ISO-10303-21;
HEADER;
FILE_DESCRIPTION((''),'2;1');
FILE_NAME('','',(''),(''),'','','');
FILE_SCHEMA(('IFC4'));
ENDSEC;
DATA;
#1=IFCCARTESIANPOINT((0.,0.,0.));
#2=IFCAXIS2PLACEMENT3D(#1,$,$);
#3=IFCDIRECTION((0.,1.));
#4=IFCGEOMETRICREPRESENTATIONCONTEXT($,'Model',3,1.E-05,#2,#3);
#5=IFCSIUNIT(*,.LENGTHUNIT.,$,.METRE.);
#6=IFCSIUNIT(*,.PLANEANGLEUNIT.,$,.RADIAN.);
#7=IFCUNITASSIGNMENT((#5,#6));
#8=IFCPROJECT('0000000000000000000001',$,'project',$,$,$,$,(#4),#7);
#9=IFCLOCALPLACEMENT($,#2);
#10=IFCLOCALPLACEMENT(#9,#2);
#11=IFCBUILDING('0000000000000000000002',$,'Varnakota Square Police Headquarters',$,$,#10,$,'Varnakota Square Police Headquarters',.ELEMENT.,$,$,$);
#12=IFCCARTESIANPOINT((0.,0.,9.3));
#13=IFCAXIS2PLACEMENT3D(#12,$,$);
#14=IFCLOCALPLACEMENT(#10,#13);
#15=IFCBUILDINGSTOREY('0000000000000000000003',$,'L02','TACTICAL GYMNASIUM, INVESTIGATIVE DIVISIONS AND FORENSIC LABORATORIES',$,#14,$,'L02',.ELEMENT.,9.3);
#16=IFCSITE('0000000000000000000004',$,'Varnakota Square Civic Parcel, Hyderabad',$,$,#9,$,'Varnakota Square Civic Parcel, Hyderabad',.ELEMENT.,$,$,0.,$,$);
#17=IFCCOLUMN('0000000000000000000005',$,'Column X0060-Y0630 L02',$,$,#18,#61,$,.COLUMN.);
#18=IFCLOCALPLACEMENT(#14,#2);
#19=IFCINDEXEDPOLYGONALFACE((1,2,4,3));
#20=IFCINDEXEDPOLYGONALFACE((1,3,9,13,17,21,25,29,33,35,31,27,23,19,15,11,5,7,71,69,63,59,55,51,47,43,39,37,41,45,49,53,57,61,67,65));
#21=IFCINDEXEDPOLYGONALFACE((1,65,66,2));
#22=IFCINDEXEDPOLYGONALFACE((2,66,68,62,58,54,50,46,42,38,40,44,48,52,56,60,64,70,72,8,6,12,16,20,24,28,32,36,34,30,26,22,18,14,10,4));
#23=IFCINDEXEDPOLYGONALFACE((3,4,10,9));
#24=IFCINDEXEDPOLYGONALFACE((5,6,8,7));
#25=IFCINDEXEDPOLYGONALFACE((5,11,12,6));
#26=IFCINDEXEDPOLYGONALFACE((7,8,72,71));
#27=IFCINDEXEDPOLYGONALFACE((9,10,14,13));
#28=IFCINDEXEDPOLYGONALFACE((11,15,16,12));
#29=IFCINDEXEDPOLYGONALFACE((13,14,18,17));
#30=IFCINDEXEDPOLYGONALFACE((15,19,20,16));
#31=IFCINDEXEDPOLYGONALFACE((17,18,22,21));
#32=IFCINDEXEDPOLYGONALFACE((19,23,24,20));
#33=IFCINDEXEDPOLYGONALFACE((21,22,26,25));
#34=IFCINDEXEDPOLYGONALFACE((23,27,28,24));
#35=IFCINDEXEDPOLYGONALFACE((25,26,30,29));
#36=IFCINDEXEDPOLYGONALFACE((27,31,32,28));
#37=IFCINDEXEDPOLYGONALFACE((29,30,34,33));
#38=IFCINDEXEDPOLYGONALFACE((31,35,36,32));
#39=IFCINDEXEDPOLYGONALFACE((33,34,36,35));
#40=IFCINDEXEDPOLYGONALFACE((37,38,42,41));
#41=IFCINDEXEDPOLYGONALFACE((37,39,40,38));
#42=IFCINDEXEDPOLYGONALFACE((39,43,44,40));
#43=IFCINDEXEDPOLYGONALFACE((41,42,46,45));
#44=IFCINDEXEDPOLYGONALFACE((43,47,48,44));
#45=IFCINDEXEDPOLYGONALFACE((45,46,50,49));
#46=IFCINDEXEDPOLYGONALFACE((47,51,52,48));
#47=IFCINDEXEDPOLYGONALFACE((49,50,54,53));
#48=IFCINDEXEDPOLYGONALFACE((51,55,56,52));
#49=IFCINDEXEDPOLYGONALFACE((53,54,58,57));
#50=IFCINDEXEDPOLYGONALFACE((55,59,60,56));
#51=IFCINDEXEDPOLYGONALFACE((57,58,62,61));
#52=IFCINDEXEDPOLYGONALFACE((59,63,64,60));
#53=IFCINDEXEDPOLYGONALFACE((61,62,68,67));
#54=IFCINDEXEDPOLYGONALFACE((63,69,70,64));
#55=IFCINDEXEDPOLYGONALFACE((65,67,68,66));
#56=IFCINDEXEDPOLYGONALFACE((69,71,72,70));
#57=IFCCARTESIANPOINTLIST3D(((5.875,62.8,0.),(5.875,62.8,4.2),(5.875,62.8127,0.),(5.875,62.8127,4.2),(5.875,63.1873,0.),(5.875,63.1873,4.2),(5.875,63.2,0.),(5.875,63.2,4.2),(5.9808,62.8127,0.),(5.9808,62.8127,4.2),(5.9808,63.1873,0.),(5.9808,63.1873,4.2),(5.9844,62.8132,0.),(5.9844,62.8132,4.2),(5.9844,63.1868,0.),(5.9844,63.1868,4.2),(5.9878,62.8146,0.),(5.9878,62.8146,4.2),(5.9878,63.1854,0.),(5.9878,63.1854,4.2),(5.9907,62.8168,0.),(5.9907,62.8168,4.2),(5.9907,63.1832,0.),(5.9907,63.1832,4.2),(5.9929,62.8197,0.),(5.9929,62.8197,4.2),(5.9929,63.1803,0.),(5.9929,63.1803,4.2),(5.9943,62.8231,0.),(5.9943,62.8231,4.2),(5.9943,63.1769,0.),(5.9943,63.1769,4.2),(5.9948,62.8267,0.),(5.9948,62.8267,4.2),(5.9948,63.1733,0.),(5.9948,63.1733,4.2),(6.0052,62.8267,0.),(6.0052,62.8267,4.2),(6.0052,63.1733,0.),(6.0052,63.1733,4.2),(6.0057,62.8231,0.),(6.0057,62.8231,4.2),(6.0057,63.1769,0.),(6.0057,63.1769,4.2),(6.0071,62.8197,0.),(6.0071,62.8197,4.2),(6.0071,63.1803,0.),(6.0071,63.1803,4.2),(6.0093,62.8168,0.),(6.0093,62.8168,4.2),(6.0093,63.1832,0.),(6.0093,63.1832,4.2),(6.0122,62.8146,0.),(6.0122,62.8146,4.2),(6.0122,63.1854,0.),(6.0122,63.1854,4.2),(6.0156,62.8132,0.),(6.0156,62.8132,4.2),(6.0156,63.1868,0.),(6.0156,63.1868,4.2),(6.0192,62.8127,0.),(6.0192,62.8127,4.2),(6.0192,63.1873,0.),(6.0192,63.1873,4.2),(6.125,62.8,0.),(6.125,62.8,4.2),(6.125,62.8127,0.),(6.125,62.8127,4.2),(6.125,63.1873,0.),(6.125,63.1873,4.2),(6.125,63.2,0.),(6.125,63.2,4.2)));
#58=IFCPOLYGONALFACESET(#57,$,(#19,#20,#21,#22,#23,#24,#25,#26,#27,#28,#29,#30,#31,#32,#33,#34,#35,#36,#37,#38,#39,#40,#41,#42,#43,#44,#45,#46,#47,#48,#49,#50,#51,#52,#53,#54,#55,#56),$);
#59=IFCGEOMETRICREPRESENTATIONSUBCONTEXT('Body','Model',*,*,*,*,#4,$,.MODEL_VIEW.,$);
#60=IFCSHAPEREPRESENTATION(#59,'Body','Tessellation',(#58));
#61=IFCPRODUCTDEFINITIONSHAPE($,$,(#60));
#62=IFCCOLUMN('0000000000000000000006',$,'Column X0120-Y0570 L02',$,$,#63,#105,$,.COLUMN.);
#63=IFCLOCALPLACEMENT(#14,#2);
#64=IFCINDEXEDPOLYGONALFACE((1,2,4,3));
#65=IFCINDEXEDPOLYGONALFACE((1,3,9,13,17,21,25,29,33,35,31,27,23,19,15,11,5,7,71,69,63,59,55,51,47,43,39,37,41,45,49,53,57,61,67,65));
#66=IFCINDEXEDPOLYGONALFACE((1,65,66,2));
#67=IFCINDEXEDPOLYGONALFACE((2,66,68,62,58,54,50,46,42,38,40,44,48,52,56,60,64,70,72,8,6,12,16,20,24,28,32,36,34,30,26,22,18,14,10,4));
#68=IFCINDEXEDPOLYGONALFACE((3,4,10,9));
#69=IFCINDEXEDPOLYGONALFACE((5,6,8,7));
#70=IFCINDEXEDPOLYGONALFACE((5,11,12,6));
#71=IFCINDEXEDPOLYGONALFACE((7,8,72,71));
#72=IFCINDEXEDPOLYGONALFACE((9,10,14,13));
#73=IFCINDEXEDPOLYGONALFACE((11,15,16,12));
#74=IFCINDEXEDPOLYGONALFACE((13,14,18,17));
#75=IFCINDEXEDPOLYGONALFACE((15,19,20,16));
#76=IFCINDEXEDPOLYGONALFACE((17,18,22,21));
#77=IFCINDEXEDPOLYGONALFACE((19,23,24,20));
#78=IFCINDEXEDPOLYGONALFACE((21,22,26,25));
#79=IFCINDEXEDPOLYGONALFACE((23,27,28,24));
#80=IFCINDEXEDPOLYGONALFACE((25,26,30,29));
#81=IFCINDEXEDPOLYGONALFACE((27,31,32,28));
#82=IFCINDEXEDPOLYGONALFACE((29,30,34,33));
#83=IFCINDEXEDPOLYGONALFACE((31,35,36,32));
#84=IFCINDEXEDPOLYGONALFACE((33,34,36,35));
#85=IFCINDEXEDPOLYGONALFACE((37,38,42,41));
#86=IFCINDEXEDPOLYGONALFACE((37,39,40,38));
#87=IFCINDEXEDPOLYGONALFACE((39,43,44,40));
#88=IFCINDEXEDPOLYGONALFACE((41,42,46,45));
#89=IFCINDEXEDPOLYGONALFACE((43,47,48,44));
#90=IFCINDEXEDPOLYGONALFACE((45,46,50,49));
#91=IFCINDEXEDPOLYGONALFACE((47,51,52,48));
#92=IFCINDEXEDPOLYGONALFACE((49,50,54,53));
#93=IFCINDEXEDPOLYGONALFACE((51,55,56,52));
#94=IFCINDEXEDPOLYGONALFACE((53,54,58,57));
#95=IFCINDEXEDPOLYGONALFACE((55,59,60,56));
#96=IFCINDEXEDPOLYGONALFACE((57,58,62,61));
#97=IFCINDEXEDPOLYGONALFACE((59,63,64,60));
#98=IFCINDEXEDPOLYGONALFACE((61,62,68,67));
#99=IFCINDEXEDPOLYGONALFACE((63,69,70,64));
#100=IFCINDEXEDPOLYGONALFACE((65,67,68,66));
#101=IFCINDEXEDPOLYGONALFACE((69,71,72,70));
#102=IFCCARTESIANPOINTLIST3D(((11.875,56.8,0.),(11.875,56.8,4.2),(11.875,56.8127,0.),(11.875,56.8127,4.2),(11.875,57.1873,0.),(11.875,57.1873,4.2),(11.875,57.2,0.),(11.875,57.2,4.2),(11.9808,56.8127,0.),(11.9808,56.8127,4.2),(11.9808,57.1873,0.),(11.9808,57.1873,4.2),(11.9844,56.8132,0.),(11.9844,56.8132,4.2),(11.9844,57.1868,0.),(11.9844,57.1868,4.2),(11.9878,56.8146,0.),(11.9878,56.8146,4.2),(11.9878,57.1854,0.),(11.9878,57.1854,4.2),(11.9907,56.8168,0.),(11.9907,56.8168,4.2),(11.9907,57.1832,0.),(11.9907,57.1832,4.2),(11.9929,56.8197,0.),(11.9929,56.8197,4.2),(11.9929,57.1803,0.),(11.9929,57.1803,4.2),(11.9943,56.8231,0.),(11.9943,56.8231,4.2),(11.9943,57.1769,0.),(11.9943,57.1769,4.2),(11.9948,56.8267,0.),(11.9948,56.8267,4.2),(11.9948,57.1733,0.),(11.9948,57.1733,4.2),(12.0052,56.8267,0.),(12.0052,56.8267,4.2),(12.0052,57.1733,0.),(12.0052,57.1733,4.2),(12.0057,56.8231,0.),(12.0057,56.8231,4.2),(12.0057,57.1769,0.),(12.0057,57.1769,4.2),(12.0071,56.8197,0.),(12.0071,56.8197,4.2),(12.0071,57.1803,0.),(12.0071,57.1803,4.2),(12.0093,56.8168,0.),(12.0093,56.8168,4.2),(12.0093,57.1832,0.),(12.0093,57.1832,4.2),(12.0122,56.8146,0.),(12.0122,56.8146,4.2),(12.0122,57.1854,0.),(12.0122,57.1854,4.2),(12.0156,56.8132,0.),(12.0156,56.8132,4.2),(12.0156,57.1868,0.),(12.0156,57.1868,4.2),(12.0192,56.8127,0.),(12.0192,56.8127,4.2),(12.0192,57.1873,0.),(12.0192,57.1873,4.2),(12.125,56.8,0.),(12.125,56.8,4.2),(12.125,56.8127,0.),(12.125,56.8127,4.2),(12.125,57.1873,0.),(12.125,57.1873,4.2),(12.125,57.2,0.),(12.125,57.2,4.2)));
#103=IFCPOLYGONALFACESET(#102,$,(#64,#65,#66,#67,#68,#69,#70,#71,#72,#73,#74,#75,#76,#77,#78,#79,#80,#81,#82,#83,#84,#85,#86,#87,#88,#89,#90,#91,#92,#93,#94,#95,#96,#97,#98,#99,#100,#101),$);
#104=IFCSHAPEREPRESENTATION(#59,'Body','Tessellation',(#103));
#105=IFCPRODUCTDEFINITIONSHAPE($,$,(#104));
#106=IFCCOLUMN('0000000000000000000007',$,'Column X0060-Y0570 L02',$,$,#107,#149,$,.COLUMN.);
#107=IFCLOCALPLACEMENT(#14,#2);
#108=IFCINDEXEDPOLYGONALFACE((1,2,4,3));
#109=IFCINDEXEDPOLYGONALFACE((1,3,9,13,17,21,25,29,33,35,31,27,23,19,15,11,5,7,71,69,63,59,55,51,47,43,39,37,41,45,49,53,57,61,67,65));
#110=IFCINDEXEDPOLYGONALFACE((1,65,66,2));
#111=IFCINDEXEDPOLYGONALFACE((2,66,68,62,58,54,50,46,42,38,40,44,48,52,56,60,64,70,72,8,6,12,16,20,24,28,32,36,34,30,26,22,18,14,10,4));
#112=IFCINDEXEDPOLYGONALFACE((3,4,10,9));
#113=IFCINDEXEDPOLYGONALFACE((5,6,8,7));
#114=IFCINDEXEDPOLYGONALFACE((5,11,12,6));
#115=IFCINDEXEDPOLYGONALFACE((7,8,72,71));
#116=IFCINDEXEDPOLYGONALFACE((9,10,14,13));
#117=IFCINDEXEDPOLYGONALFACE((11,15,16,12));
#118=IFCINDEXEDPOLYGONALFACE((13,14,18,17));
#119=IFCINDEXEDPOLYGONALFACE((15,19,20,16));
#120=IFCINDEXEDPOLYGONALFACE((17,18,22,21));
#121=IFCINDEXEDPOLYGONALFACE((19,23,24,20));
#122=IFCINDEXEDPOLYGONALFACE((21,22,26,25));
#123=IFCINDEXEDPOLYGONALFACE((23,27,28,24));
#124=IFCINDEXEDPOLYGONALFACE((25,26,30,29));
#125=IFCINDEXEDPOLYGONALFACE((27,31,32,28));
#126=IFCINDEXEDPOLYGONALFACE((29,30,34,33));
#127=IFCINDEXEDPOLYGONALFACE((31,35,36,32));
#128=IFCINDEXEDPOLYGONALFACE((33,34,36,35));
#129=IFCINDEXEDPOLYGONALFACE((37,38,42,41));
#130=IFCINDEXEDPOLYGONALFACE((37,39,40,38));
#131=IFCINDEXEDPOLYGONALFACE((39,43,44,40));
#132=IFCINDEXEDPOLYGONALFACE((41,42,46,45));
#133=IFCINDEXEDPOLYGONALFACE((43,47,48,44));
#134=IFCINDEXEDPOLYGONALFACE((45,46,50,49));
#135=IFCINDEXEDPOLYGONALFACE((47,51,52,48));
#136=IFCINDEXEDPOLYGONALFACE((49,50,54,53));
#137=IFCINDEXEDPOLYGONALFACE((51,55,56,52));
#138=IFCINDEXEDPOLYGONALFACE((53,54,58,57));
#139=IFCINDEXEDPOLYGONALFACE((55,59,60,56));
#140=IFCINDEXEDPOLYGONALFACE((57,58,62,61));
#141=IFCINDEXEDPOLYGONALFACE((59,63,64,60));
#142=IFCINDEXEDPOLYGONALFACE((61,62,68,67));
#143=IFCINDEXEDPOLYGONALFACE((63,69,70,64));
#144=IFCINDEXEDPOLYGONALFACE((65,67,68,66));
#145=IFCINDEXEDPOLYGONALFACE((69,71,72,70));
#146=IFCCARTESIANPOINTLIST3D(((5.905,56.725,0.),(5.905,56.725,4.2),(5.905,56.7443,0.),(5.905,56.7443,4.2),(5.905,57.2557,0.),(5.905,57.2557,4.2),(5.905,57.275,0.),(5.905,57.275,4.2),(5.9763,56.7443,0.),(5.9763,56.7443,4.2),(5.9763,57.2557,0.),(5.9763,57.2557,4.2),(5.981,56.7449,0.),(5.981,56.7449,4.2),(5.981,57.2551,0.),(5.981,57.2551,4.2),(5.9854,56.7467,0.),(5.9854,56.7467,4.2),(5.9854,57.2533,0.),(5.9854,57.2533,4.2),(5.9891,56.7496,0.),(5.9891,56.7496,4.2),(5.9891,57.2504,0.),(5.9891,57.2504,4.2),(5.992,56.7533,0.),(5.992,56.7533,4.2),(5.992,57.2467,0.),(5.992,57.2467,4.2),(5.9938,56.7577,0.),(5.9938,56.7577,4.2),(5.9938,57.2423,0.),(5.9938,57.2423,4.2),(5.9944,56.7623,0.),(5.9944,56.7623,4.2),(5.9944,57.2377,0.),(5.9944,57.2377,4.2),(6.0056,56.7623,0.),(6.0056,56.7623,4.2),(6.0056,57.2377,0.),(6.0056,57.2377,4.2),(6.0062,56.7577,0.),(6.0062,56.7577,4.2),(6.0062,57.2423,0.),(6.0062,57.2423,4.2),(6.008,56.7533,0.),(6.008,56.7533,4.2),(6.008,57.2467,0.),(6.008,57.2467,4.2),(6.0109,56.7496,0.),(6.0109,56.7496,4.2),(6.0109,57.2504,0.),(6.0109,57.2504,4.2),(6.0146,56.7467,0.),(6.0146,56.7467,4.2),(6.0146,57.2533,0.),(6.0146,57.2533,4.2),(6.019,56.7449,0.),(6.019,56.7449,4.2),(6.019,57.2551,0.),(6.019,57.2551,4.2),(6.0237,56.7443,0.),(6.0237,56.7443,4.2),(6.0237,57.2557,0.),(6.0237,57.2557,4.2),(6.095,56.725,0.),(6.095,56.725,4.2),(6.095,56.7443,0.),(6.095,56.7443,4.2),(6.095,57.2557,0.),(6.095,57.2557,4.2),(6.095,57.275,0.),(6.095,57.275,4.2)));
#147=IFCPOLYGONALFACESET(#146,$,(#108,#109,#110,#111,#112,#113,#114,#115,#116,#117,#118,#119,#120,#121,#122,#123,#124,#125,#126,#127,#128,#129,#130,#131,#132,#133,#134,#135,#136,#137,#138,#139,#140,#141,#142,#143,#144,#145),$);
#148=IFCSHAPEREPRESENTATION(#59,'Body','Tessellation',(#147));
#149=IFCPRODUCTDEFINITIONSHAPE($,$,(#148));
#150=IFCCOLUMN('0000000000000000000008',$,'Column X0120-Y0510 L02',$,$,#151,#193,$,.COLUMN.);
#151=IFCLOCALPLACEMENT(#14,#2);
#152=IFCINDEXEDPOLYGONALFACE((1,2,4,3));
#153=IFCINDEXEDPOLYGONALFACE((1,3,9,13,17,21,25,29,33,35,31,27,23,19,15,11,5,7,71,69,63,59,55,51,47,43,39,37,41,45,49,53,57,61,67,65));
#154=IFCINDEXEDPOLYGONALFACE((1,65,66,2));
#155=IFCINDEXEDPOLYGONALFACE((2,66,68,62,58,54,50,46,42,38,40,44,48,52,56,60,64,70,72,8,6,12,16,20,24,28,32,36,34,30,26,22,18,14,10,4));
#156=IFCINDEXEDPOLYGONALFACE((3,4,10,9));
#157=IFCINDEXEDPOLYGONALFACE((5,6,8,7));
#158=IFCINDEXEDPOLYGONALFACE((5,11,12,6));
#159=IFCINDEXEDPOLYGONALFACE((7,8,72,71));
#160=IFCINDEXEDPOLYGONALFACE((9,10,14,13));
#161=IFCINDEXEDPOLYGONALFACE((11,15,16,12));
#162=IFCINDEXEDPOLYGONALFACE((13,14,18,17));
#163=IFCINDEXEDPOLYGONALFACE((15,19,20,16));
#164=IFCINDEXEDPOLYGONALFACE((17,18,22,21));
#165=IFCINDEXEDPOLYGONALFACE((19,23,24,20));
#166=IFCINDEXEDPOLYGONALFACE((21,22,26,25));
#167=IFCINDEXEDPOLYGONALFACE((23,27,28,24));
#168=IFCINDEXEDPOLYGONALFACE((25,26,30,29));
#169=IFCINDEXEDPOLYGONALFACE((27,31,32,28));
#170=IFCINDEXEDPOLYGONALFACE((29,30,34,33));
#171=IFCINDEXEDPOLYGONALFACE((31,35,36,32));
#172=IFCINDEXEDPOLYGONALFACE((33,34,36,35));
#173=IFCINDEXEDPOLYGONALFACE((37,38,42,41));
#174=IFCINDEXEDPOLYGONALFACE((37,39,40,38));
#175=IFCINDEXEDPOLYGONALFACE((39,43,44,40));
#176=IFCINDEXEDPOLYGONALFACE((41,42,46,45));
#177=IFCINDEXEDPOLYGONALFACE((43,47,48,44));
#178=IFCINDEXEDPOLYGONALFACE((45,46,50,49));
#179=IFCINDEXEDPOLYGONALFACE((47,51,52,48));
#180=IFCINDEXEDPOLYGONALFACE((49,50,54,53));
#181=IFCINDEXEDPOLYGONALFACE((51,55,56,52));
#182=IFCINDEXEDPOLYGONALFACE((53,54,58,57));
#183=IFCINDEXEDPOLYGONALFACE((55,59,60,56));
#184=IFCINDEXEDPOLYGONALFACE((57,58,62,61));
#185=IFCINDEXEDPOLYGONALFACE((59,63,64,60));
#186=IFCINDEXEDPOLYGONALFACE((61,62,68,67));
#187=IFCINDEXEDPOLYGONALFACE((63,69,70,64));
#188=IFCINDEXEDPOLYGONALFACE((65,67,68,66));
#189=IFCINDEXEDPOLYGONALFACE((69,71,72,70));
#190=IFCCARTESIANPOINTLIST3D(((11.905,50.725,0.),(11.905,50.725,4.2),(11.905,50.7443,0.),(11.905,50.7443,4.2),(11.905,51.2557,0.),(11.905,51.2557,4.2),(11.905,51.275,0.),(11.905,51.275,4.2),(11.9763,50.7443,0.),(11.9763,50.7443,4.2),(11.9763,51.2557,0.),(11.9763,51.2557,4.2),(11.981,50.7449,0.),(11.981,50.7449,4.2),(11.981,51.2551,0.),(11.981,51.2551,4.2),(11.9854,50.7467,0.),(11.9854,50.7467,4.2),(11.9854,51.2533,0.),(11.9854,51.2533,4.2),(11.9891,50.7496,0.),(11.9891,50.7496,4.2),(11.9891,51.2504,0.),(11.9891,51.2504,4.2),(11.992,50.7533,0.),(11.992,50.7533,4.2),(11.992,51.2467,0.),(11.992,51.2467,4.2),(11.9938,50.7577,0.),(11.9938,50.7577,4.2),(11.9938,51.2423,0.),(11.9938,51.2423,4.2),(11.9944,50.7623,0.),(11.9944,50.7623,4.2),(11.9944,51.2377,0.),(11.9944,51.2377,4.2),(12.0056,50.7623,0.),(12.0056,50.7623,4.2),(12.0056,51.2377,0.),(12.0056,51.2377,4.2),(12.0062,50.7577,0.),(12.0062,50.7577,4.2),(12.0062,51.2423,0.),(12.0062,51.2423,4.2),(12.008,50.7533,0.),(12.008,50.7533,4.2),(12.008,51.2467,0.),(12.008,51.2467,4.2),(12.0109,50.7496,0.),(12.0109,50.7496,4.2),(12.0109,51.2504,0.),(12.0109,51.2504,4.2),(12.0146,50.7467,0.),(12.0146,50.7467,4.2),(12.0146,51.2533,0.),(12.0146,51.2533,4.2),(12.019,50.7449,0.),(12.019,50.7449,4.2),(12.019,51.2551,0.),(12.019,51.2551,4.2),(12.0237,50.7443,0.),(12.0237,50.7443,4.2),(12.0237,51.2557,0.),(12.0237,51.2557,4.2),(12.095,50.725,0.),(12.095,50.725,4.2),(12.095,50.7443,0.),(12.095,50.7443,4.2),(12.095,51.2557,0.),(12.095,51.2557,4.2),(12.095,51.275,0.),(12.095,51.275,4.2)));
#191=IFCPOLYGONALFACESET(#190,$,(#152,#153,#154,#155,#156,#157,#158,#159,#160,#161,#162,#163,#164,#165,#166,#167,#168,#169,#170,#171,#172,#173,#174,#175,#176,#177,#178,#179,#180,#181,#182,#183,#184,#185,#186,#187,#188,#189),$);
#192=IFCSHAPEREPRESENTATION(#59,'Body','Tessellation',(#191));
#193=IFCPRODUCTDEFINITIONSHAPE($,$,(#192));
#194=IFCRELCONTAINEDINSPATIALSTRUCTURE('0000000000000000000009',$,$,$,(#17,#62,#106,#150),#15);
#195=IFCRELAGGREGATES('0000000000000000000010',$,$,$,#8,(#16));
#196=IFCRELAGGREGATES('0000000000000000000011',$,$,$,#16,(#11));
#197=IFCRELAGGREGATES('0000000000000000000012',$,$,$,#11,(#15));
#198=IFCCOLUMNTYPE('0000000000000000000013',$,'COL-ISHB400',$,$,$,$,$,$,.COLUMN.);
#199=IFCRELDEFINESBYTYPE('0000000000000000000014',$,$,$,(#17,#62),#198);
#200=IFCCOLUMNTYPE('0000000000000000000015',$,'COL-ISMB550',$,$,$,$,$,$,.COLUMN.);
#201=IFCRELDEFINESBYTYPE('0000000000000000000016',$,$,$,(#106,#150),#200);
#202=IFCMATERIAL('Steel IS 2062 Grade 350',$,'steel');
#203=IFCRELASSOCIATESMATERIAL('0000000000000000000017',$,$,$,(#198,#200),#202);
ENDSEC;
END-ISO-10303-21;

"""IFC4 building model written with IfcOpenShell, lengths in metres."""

from ifc_helpers import new_model, si_unit, direction, frame, origin, origin_2d, place, context, subcontext, project, spatial, i_section, extrude, material, material_profile, profile_set, type_object, element, save


model = new_model("IFC4")

# Units and contexts
model_context = context("Model", 3, precision=1e-05, world=origin(), true_north=direction((0.0, 1.0)))
body_context = subcontext(model_context, "Body", "Model", "MODEL_VIEW")
ifc_project = project(units=[si_unit("LENGTHUNIT", "METRE"), si_unit("PLANEANGLEUNIT", "RADIAN")], contexts=[model_context])

# Site, building, storey
site_placement = place(None, origin())
site = spatial("IfcSite", under=ifc_project, at=site_placement, Name="Varnakota Square Civic Parcel, Hyderabad", LongName="Varnakota Square Civic Parcel, Hyderabad", CompositionType="ELEMENT", RefElevation=0.0)
building_placement = place(site_placement, origin())
building = spatial("IfcBuilding", under=site, at=building_placement, Name="Varnakota Square Police Headquarters", LongName="Varnakota Square Police Headquarters", CompositionType="ELEMENT")
storey_placement = place(building_placement, frame((0.0, 0.0, 9.3)))
storey = spatial("IfcBuildingStorey", under=building, at=storey_placement, Name="L02", Description="TACTICAL GYMNASIUM, INVESTIGATIVE DIVISIONS AND FORENSIC LABORATORIES", LongName="L02", CompositionType="ELEMENT", Elevation=9.3)

# Columns
ifc_material_1 = material(Name="Steel IS 2062 Grade 350", Category="steel")
ifc_material_profile_1 = material_profile(ifc_material_1, i_section(OverallWidth=0.25, OverallDepth=0.3999, WebThickness=0.0105, FlangeThickness=0.0127, FilletRadius=0.0139, at=origin_2d()), Name="ISHB 400")
ifc_profile_set_1 = profile_set([ifc_material_profile_1], Name="Steel IS 2062 Grade 350")
column_type_1 = type_object("IfcColumnType", Name="COL-ISHB400", PredefinedType="COLUMN", material=ifc_profile_set_1)
for number, where, z_axis, x_axis, name in (
    (1, (6.0, 63.0, 0.0), (0.0, 0.0, 1.0), (1.0, 0.0, 0.0), "Column X0060-Y0630 L02"),
    (2, (12.0, 57.0, 0.0), (0.0, 0.0, 1.0), (1.0, 0.0, 0.0), "Column X0120-Y0570 L02"),
):
    element("IfcColumn", number, at=place(storey_placement, frame(where, z_axis=z_axis, x_axis=x_axis)), inside=storey, type_object=column_type_1, Name=name, PredefinedType="COLUMN", context=body_context, shape_type="SweptSolid", body=[
        extrude(i_section(OverallWidth=0.25, OverallDepth=0.3999, WebThickness=0.0105, FlangeThickness=0.0127, FilletRadius=0.0139, at=origin_2d()), origin(), (0.0, 0.0, 1.0), 4.2),
    ])
ifc_material_profile_2 = material_profile(ifc_material_1, i_section(OverallWidth=0.1899, OverallDepth=0.55, WebThickness=0.0112, FlangeThickness=0.0193, FilletRadius=0.0181, at=origin_2d()), Name="ISMB 550")
ifc_profile_set_2 = profile_set([ifc_material_profile_2], Name="Steel IS 2062 Grade 350")
column_type_2 = type_object("IfcColumnType", Name="COL-ISMB550", PredefinedType="COLUMN", material=ifc_profile_set_2)
for number, where, z_axis, x_axis, name in (
    (3, (6.0, 57.0, 0.0), (0.0, 0.0, 1.0), (1.0, 0.0, 0.0), "Column X0060-Y0570 L02"),
    (4, (12.0, 51.0, 0.0), (0.0, 0.0, 1.0), (1.0, 0.0, 0.0), "Column X0120-Y0510 L02"),
):
    element("IfcColumn", number, at=place(storey_placement, frame(where, z_axis=z_axis, x_axis=x_axis)), inside=storey, type_object=column_type_2, Name=name, PredefinedType="COLUMN", context=body_context, shape_type="SweptSolid", body=[
        extrude(i_section(OverallWidth=0.1899, OverallDepth=0.55, WebThickness=0.0112, FlangeThickness=0.0193, FilletRadius=0.0181, at=origin_2d()), origin(), (0.0, 0.0, 1.0), 4.2),
    ])

save(model, "model.ifc")
